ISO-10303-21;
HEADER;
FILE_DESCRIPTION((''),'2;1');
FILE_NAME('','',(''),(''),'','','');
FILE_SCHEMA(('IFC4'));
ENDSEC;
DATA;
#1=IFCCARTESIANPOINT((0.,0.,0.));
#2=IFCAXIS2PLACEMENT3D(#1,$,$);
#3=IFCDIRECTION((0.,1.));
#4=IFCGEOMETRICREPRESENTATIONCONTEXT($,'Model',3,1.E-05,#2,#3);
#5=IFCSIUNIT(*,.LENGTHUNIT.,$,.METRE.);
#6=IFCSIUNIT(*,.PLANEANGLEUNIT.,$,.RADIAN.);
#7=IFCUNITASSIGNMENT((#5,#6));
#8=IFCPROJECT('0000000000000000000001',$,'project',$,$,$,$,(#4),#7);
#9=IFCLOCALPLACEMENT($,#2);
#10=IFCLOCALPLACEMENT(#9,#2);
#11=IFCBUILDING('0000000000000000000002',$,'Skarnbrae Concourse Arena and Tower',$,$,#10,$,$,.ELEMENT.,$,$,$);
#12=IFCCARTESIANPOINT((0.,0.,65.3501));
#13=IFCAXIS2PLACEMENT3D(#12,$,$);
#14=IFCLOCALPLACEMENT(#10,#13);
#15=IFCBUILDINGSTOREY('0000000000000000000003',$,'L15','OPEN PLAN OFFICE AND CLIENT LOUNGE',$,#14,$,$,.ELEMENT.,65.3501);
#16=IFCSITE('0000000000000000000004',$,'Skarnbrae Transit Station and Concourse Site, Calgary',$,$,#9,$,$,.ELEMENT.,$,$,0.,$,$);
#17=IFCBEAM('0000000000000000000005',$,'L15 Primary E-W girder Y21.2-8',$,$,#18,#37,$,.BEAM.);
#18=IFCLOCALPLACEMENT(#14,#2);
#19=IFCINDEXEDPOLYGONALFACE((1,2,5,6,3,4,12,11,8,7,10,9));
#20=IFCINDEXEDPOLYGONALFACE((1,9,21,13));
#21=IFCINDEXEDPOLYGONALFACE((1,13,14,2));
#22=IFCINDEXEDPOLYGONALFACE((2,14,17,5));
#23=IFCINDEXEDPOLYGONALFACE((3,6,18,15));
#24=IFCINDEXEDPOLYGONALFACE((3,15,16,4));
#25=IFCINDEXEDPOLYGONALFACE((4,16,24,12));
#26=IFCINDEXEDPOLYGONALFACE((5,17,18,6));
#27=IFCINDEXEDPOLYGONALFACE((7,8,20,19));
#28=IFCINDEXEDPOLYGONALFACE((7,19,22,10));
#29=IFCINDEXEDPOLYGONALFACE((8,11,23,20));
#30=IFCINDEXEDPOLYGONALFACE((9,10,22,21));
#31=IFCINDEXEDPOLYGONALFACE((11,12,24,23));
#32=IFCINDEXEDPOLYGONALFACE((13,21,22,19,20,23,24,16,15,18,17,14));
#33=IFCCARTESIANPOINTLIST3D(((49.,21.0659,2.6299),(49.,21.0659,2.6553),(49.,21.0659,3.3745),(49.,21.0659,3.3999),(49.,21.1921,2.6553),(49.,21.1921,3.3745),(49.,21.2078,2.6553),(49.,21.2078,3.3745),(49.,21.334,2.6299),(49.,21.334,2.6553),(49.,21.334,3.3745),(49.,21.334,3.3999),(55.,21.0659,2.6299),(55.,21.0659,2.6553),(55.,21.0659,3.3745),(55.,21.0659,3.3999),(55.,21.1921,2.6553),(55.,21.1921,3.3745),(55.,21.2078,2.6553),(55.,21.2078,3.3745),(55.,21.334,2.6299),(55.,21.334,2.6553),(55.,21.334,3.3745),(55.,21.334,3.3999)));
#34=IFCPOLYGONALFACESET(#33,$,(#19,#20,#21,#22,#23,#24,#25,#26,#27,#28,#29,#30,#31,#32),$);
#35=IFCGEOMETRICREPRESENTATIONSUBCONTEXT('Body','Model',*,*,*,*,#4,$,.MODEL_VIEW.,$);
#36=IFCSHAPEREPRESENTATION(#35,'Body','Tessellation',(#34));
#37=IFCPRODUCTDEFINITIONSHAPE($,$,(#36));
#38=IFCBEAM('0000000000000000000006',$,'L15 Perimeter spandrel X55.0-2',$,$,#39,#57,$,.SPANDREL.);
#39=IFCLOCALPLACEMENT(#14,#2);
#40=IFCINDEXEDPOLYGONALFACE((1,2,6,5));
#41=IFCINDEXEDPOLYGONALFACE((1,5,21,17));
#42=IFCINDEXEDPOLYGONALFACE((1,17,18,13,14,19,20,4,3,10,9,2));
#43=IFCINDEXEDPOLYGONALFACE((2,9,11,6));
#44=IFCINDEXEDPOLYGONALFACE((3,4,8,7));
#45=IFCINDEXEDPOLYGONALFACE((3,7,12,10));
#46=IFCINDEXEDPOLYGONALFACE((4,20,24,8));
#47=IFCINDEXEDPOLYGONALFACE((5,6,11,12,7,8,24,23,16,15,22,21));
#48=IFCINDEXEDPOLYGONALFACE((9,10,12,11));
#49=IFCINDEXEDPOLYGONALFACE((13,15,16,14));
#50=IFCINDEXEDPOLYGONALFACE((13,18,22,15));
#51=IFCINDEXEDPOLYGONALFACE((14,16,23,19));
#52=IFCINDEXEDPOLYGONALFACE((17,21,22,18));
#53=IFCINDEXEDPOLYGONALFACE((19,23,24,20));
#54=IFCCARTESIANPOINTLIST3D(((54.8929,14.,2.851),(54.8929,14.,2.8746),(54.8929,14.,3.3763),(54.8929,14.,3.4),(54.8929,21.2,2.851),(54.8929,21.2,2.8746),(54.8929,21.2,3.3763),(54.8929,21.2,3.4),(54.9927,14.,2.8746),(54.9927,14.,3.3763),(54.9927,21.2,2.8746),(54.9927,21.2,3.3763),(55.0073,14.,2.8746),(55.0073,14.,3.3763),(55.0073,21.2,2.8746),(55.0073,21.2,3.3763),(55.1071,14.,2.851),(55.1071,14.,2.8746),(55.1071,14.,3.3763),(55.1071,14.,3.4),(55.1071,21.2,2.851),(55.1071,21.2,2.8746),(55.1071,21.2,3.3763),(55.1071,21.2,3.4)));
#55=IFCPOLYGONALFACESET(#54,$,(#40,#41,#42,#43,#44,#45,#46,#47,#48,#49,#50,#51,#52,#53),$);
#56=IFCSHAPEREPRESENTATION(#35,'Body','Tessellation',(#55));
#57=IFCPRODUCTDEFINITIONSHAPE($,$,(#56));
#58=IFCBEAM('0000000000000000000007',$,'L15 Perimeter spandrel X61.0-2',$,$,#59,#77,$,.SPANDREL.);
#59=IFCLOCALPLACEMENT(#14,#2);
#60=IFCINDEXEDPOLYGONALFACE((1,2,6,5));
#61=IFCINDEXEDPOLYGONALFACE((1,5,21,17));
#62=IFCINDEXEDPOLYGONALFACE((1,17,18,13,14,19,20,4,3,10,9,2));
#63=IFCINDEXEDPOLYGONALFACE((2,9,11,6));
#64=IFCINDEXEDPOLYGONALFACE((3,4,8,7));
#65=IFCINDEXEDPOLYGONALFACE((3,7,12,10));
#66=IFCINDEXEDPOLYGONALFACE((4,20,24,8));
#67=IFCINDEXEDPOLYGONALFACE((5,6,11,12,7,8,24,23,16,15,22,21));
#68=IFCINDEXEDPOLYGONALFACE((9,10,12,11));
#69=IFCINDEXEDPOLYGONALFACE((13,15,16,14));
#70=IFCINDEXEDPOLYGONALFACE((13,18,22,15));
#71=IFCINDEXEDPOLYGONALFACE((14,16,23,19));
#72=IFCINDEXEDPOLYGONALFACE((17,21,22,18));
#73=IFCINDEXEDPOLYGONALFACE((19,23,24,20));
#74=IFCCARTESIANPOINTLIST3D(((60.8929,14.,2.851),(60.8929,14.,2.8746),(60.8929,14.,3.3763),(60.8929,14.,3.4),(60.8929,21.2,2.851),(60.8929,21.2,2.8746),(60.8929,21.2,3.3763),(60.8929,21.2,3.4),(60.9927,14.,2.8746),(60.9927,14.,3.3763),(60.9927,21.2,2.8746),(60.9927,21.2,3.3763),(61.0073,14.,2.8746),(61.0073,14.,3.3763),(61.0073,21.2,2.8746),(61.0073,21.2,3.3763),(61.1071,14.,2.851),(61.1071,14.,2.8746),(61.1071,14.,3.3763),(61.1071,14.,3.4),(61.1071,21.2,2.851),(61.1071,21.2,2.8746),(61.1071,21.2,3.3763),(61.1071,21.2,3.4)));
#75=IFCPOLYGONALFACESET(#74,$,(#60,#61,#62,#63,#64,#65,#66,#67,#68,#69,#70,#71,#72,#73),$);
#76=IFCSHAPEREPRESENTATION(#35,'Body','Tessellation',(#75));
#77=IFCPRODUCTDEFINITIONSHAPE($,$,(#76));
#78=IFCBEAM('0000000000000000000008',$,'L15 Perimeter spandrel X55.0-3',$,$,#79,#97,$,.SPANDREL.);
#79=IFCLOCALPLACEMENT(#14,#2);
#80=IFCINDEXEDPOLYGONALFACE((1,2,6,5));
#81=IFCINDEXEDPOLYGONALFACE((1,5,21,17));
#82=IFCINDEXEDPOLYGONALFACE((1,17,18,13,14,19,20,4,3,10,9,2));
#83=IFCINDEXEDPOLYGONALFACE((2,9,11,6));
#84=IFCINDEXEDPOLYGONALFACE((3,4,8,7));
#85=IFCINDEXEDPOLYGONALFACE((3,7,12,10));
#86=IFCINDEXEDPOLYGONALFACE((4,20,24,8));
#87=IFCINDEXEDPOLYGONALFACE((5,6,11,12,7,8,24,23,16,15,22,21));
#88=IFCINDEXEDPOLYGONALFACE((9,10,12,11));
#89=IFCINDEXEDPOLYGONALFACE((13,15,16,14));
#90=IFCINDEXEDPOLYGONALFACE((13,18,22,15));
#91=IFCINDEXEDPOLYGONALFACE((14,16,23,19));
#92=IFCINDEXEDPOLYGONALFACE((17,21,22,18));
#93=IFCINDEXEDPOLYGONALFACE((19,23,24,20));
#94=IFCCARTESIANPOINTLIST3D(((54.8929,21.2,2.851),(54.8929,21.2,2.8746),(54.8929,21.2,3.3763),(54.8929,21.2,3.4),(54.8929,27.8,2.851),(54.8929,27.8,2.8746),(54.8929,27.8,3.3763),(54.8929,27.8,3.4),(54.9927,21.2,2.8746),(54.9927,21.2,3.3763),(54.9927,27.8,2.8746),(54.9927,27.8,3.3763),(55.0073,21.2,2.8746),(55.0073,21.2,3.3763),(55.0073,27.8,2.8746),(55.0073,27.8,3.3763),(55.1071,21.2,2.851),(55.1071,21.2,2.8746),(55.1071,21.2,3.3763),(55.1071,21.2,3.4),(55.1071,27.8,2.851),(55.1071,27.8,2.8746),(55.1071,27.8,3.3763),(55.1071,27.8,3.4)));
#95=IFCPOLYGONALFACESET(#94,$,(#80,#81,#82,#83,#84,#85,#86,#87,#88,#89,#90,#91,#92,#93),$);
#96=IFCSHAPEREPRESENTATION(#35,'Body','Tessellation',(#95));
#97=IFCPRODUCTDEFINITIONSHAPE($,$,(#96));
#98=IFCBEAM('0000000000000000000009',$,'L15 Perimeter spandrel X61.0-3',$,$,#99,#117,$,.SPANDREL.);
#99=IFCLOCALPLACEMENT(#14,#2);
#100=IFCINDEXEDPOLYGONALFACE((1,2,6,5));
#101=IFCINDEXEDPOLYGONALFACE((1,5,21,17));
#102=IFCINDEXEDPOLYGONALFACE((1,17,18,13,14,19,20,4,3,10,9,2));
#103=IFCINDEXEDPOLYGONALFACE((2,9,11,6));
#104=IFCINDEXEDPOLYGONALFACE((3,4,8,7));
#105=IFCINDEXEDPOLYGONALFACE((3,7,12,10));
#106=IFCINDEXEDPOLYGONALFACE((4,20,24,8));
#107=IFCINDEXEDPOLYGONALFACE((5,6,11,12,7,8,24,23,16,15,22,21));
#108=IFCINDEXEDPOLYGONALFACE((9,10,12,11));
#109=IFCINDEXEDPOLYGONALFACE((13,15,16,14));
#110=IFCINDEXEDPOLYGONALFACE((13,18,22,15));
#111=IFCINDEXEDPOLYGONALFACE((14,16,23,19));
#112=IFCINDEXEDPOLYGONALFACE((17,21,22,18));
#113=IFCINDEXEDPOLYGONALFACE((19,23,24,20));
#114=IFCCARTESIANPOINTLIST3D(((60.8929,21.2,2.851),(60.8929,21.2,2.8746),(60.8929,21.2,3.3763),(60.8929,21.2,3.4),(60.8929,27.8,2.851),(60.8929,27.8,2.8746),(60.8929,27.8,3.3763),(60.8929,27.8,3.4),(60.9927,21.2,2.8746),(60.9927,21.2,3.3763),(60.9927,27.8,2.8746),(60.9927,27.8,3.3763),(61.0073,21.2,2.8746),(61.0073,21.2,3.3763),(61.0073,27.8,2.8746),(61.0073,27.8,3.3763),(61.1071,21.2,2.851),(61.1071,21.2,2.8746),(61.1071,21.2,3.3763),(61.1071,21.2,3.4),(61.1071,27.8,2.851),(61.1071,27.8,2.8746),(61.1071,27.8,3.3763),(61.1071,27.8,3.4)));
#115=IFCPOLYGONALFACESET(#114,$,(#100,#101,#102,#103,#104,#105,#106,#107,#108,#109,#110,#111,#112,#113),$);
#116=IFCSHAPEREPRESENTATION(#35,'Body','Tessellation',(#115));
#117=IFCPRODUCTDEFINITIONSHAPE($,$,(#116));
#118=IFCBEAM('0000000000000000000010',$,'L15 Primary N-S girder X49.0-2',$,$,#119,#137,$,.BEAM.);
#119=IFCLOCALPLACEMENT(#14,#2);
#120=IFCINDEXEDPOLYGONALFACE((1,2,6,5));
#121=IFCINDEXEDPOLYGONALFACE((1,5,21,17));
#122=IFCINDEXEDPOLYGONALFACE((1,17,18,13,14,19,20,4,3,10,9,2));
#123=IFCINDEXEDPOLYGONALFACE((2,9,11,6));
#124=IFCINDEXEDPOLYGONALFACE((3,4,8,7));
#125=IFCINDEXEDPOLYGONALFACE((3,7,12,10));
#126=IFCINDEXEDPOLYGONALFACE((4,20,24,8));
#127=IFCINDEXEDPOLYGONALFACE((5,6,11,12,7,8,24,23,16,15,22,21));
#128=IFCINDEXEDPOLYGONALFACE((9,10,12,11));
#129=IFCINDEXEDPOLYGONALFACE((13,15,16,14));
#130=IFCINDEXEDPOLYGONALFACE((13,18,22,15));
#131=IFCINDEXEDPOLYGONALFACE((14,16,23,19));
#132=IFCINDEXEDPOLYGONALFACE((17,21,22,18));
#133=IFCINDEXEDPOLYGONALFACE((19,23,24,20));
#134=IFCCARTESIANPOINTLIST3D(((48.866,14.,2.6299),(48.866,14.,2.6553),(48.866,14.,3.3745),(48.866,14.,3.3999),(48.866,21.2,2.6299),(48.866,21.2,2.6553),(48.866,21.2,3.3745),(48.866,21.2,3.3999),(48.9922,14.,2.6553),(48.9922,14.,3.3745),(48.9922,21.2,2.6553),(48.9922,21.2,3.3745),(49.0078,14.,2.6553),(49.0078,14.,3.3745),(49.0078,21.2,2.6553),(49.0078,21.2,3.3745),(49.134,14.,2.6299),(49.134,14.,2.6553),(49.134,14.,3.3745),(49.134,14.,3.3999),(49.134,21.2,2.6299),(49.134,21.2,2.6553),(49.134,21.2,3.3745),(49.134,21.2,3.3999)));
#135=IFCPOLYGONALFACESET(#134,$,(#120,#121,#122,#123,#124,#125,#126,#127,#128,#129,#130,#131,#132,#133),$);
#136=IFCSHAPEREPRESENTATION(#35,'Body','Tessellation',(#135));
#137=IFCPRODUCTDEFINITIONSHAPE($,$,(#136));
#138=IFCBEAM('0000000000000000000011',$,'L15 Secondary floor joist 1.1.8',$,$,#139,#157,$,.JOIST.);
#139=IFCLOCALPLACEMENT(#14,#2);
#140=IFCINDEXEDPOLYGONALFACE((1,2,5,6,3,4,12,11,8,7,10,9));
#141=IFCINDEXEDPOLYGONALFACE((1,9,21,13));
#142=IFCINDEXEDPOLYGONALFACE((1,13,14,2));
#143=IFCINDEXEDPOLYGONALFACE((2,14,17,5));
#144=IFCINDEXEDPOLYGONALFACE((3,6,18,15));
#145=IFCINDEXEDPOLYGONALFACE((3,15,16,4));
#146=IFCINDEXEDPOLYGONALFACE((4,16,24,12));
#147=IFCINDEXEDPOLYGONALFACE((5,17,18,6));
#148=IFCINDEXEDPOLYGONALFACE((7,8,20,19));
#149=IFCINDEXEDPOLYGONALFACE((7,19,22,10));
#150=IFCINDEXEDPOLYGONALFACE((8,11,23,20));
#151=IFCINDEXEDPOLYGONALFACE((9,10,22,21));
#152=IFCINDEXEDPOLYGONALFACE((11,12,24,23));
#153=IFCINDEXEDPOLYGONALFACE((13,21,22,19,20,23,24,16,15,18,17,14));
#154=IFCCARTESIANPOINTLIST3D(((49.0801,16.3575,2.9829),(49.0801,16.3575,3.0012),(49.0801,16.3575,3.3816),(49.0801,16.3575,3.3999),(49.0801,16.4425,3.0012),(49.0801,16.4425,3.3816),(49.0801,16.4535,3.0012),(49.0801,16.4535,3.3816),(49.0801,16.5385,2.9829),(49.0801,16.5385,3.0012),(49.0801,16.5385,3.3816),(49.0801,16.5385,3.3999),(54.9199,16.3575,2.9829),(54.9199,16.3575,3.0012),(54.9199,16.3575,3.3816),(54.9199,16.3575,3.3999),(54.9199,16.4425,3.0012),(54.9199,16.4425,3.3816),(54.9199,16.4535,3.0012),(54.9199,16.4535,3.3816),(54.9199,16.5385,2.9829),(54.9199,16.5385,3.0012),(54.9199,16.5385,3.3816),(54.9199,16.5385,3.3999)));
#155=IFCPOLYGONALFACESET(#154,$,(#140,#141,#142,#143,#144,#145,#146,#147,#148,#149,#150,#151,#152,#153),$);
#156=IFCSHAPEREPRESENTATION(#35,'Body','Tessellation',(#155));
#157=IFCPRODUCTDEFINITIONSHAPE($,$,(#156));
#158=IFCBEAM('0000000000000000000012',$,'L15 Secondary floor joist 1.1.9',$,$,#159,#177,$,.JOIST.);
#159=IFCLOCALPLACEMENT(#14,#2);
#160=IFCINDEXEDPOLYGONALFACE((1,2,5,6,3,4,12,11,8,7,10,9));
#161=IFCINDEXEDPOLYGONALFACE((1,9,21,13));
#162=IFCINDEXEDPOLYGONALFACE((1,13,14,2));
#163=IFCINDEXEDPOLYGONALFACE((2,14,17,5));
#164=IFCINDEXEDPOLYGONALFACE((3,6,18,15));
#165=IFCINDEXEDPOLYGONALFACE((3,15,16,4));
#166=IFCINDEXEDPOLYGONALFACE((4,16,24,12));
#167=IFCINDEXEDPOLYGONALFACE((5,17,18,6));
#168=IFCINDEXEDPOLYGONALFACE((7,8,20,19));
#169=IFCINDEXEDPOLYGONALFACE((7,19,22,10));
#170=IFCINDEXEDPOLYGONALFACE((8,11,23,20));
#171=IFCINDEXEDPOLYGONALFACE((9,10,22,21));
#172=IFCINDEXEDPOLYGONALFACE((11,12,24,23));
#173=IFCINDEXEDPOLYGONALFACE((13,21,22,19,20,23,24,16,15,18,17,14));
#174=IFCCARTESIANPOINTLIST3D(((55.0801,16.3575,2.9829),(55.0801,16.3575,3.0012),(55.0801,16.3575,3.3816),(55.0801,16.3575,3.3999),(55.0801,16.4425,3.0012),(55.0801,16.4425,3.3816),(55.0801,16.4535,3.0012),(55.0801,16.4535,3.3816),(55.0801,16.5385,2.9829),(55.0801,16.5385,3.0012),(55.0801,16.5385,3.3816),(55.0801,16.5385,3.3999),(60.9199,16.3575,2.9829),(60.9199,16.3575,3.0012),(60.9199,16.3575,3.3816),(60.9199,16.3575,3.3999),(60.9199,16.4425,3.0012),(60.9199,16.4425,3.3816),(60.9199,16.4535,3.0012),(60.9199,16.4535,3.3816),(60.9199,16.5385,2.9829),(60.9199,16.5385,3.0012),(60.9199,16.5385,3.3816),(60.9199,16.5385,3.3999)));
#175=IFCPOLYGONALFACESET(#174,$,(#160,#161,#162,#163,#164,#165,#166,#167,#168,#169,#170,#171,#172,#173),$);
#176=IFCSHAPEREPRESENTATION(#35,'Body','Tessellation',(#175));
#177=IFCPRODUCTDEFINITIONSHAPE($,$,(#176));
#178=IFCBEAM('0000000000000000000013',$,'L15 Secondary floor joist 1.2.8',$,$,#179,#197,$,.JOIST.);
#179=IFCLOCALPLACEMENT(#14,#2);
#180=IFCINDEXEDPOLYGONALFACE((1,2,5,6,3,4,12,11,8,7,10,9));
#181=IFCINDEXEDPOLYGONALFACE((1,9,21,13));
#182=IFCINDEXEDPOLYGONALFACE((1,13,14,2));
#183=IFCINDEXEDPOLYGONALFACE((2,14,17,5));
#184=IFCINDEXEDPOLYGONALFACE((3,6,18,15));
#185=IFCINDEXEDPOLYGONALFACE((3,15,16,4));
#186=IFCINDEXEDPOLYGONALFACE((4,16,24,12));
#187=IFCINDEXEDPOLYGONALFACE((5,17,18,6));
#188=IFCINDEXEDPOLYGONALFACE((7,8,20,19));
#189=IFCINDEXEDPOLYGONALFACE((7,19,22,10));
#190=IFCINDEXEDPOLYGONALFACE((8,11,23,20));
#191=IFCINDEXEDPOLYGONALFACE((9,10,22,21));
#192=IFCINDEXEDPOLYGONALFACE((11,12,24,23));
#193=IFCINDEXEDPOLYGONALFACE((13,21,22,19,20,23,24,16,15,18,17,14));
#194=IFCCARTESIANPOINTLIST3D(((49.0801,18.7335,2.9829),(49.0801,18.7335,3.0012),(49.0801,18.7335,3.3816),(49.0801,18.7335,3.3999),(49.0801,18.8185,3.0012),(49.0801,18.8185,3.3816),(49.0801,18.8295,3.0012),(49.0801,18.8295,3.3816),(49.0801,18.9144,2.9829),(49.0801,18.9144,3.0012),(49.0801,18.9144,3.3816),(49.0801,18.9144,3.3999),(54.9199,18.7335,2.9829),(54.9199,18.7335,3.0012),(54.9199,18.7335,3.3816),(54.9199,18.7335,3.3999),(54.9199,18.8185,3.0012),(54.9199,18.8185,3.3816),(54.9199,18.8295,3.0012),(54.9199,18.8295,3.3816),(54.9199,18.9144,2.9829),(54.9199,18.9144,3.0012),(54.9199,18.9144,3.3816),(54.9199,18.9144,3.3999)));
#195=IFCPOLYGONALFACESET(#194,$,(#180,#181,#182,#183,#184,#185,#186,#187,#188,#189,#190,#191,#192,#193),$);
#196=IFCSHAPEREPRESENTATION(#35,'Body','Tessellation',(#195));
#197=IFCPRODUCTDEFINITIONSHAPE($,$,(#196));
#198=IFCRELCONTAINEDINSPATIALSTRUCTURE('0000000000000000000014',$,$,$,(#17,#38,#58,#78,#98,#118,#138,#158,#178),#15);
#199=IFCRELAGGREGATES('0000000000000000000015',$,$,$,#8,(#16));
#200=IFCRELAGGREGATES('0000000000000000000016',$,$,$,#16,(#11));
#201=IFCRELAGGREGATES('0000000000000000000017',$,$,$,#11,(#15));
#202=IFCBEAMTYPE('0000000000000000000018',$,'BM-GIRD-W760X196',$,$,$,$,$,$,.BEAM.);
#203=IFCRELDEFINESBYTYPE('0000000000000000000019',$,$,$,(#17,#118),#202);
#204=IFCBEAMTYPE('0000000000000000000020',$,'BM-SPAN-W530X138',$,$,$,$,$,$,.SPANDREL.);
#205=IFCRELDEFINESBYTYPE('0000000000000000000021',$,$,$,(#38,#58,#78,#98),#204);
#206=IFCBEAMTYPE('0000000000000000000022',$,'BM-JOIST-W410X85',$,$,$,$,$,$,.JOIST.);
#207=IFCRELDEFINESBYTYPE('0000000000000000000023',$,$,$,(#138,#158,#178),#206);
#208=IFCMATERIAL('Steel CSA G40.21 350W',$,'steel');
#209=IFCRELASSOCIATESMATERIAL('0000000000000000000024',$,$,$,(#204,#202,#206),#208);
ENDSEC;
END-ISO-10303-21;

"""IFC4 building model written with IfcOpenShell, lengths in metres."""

from ifc_helpers import new_model, si_unit, direction, frame, origin, origin_2d, place, context, subcontext, project, spatial, i_section, extrude, source, transform, mapped, material, material_profile, profile_set, type_object, element, save


model = new_model("IFC4")

# Units and contexts
model_context = context("Model", 3, precision=1e-05, world=origin(), true_north=direction((0.0, 1.0)))
body_context = subcontext(model_context, "Body", "Model", "MODEL_VIEW")
ifc_project = project(units=[si_unit("LENGTHUNIT", "METRE"), si_unit("PLANEANGLEUNIT", "RADIAN")], contexts=[model_context])

# Site, building, storey
site_placement = place(None, origin())
site = spatial("IfcSite", under=ifc_project, at=site_placement, Name="Skarnbrae Transit Station and Concourse Site, Calgary", CompositionType="ELEMENT", RefElevation=0.0)
building_placement = place(site_placement, origin())
building = spatial("IfcBuilding", under=site, at=building_placement, Name="Skarnbrae Concourse Arena and Tower", CompositionType="ELEMENT")
storey_placement = place(building_placement, frame((0.0, 0.0, 65.3501)))
storey = spatial("IfcBuildingStorey", under=building, at=storey_placement, Name="L15", Description="OPEN PLAN OFFICE AND CLIENT LOUNGE", CompositionType="ELEMENT", Elevation=65.3501)

# Shared definitions
ifc_material_1 = material(Name="Steel CSA G40.21 350W", Category="steel")

# Beams
ifc_material_profile_1 = material_profile(ifc_material_1, i_section(OverallWidth=0.2141, OverallDepth=0.5491, WebThickness=0.0146, FlangeThickness=0.0237, at=origin_2d()), Name="W530X138")
ifc_profile_set_1 = profile_set([ifc_material_profile_1], Name="Steel CSA G40.21 350W")
beam_type_1 = type_object("IfcBeamType", Name="BM-SPAN-W530X138", PredefinedType="SPANDREL", material=ifc_profile_set_1)
ifc_material_profile_2 = material_profile(ifc_material_1, i_section(OverallWidth=0.2681, OverallDepth=0.77, WebThickness=0.0156, FlangeThickness=0.0254, at=origin_2d()), Name="W760X196")
ifc_profile_set_2 = profile_set([ifc_material_profile_2], Name="Steel CSA G40.21 350W")
beam_type_2 = type_object("IfcBeamType", Name="BM-GIRD-W760X196", PredefinedType="BEAM", material=ifc_profile_set_2)
shared_shape_1 = source(origin(), body_context, "Body", "SweptSolid", [
    extrude(i_section(OverallWidth=0.2681, OverallDepth=0.77, WebThickness=0.0156, FlangeThickness=0.0254, at=origin_2d()), origin(), (0.0, 0.0, 1.0), 6.0),
])
beam_1_placement = place(storey_placement, frame((49.0, 21.2, 3.0149), z_axis=(1.0, 0.0, 0.0), x_axis=(0.0, 1.0, 0.0)))
element("IfcBeam", 1, at=beam_1_placement, inside=storey, type_object=beam_type_2, Name="L15 Primary E-W girder Y21.2-8", PredefinedType="BEAM", context=body_context, shape_type="MappedRepresentation", body=[
    mapped(shared_shape_1, transform((0.0, 0.0, 0.0))),
])
shared_shape_2 = source(origin(), body_context, "Body", "SweptSolid", [
    extrude(i_section(OverallWidth=0.2141, OverallDepth=0.5491, WebThickness=0.0146, FlangeThickness=0.0237, at=origin_2d()), origin(), (0.0, 0.0, 1.0), 7.2),
])
for number, where, z_axis, x_axis, name in (
    (2, (55.0, 14.0, 3.1255), (0.0, 1.0, 0.0), (-1.0, 0.0, 0.0), "L15 Perimeter spandrel X55.0-2"),
    (3, (61.0, 14.0, 3.1255), (0.0, 1.0, 0.0), (-1.0, 0.0, 0.0), "L15 Perimeter spandrel X61.0-2"),
):
    element("IfcBeam", number, at=place(storey_placement, frame(where, z_axis=z_axis, x_axis=x_axis)), inside=storey, type_object=beam_type_1, Name=name, PredefinedType="SPANDREL", context=body_context, shape_type="MappedRepresentation", body=[
        mapped(shared_shape_2, transform((0.0, 0.0, 0.0))),
    ])
shared_shape_3 = source(origin(), body_context, "Body", "SweptSolid", [
    extrude(i_section(OverallWidth=0.2141, OverallDepth=0.5491, WebThickness=0.0146, FlangeThickness=0.0237, at=origin_2d()), origin(), (0.0, 0.0, 1.0), 6.6001),
])
for number, where, z_axis, x_axis, name in (
    (4, (55.0, 21.2, 3.1255), (0.0, 1.0, 0.0), (-1.0, 0.0, 0.0), "L15 Perimeter spandrel X55.0-3"),
    (5, (61.0, 21.2, 3.1255), (0.0, 1.0, 0.0), (-1.0, 0.0, 0.0), "L15 Perimeter spandrel X61.0-3"),
):
    element("IfcBeam", number, at=place(storey_placement, frame(where, z_axis=z_axis, x_axis=x_axis)), inside=storey, type_object=beam_type_1, Name=name, PredefinedType="SPANDREL", context=body_context, shape_type="MappedRepresentation", body=[
        mapped(shared_shape_3, transform((0.0, 0.0, 0.0))),
    ])
shared_shape_4 = source(origin(), body_context, "Body", "SweptSolid", [
    extrude(i_section(OverallWidth=0.2681, OverallDepth=0.77, WebThickness=0.0156, FlangeThickness=0.0254, at=origin_2d()), origin(), (0.0, 0.0, 1.0), 7.2),
])
beam_2_placement = place(storey_placement, frame((49.0, 14.0, 3.0149), z_axis=(0.0, 1.0, 0.0), x_axis=(-1.0, 0.0, 0.0)))
element("IfcBeam", 6, at=beam_2_placement, inside=storey, type_object=beam_type_2, Name="L15 Primary N-S girder X49.0-2", PredefinedType="BEAM", context=body_context, shape_type="MappedRepresentation", body=[
    mapped(shared_shape_4, transform((0.0, 0.0, 0.0))),
])
ifc_material_profile_3 = material_profile(ifc_material_1, i_section(OverallWidth=0.1809, OverallDepth=0.417, WebThickness=0.011, FlangeThickness=0.0183, at=origin_2d()), Name="W410X85")
ifc_profile_set_3 = profile_set([ifc_material_profile_3], Name="Steel CSA G40.21 350W")
beam_type_3 = type_object("IfcBeamType", Name="BM-JOIST-W410X85", PredefinedType="JOIST", material=ifc_profile_set_3)
shared_shape_5 = source(origin(), body_context, "Body", "SweptSolid", [
    extrude(i_section(OverallWidth=0.1809, OverallDepth=0.417, WebThickness=0.011, FlangeThickness=0.0183, at=origin_2d()), origin(), (0.0, 0.0, 1.0), 5.8398),
])
for number, where, z_axis, x_axis, name in (
    (7, (49.0801, 16.448, 3.1914), (1.0, 0.0, 0.0), (0.0, 1.0, 0.0), "L15 Secondary floor joist 1.1.8"),
    (8, (55.0801, 16.448, 3.1914), (1.0, 0.0, 0.0), (0.0, 1.0, 0.0), "L15 Secondary floor joist 1.1.9"),
    (9, (49.0801, 18.824, 3.1914), (1.0, 0.0, 0.0), (0.0, 1.0, 0.0), "L15 Secondary floor joist 1.2.8"),
):
    element("IfcBeam", number, at=place(storey_placement, frame(where, z_axis=z_axis, x_axis=x_axis)), inside=storey, type_object=beam_type_3, Name=name, PredefinedType="JOIST", context=body_context, shape_type="MappedRepresentation", body=[
        mapped(shared_shape_5, transform((0.0, 0.0, 0.0))),
    ])

save(model, "model.ifc")
